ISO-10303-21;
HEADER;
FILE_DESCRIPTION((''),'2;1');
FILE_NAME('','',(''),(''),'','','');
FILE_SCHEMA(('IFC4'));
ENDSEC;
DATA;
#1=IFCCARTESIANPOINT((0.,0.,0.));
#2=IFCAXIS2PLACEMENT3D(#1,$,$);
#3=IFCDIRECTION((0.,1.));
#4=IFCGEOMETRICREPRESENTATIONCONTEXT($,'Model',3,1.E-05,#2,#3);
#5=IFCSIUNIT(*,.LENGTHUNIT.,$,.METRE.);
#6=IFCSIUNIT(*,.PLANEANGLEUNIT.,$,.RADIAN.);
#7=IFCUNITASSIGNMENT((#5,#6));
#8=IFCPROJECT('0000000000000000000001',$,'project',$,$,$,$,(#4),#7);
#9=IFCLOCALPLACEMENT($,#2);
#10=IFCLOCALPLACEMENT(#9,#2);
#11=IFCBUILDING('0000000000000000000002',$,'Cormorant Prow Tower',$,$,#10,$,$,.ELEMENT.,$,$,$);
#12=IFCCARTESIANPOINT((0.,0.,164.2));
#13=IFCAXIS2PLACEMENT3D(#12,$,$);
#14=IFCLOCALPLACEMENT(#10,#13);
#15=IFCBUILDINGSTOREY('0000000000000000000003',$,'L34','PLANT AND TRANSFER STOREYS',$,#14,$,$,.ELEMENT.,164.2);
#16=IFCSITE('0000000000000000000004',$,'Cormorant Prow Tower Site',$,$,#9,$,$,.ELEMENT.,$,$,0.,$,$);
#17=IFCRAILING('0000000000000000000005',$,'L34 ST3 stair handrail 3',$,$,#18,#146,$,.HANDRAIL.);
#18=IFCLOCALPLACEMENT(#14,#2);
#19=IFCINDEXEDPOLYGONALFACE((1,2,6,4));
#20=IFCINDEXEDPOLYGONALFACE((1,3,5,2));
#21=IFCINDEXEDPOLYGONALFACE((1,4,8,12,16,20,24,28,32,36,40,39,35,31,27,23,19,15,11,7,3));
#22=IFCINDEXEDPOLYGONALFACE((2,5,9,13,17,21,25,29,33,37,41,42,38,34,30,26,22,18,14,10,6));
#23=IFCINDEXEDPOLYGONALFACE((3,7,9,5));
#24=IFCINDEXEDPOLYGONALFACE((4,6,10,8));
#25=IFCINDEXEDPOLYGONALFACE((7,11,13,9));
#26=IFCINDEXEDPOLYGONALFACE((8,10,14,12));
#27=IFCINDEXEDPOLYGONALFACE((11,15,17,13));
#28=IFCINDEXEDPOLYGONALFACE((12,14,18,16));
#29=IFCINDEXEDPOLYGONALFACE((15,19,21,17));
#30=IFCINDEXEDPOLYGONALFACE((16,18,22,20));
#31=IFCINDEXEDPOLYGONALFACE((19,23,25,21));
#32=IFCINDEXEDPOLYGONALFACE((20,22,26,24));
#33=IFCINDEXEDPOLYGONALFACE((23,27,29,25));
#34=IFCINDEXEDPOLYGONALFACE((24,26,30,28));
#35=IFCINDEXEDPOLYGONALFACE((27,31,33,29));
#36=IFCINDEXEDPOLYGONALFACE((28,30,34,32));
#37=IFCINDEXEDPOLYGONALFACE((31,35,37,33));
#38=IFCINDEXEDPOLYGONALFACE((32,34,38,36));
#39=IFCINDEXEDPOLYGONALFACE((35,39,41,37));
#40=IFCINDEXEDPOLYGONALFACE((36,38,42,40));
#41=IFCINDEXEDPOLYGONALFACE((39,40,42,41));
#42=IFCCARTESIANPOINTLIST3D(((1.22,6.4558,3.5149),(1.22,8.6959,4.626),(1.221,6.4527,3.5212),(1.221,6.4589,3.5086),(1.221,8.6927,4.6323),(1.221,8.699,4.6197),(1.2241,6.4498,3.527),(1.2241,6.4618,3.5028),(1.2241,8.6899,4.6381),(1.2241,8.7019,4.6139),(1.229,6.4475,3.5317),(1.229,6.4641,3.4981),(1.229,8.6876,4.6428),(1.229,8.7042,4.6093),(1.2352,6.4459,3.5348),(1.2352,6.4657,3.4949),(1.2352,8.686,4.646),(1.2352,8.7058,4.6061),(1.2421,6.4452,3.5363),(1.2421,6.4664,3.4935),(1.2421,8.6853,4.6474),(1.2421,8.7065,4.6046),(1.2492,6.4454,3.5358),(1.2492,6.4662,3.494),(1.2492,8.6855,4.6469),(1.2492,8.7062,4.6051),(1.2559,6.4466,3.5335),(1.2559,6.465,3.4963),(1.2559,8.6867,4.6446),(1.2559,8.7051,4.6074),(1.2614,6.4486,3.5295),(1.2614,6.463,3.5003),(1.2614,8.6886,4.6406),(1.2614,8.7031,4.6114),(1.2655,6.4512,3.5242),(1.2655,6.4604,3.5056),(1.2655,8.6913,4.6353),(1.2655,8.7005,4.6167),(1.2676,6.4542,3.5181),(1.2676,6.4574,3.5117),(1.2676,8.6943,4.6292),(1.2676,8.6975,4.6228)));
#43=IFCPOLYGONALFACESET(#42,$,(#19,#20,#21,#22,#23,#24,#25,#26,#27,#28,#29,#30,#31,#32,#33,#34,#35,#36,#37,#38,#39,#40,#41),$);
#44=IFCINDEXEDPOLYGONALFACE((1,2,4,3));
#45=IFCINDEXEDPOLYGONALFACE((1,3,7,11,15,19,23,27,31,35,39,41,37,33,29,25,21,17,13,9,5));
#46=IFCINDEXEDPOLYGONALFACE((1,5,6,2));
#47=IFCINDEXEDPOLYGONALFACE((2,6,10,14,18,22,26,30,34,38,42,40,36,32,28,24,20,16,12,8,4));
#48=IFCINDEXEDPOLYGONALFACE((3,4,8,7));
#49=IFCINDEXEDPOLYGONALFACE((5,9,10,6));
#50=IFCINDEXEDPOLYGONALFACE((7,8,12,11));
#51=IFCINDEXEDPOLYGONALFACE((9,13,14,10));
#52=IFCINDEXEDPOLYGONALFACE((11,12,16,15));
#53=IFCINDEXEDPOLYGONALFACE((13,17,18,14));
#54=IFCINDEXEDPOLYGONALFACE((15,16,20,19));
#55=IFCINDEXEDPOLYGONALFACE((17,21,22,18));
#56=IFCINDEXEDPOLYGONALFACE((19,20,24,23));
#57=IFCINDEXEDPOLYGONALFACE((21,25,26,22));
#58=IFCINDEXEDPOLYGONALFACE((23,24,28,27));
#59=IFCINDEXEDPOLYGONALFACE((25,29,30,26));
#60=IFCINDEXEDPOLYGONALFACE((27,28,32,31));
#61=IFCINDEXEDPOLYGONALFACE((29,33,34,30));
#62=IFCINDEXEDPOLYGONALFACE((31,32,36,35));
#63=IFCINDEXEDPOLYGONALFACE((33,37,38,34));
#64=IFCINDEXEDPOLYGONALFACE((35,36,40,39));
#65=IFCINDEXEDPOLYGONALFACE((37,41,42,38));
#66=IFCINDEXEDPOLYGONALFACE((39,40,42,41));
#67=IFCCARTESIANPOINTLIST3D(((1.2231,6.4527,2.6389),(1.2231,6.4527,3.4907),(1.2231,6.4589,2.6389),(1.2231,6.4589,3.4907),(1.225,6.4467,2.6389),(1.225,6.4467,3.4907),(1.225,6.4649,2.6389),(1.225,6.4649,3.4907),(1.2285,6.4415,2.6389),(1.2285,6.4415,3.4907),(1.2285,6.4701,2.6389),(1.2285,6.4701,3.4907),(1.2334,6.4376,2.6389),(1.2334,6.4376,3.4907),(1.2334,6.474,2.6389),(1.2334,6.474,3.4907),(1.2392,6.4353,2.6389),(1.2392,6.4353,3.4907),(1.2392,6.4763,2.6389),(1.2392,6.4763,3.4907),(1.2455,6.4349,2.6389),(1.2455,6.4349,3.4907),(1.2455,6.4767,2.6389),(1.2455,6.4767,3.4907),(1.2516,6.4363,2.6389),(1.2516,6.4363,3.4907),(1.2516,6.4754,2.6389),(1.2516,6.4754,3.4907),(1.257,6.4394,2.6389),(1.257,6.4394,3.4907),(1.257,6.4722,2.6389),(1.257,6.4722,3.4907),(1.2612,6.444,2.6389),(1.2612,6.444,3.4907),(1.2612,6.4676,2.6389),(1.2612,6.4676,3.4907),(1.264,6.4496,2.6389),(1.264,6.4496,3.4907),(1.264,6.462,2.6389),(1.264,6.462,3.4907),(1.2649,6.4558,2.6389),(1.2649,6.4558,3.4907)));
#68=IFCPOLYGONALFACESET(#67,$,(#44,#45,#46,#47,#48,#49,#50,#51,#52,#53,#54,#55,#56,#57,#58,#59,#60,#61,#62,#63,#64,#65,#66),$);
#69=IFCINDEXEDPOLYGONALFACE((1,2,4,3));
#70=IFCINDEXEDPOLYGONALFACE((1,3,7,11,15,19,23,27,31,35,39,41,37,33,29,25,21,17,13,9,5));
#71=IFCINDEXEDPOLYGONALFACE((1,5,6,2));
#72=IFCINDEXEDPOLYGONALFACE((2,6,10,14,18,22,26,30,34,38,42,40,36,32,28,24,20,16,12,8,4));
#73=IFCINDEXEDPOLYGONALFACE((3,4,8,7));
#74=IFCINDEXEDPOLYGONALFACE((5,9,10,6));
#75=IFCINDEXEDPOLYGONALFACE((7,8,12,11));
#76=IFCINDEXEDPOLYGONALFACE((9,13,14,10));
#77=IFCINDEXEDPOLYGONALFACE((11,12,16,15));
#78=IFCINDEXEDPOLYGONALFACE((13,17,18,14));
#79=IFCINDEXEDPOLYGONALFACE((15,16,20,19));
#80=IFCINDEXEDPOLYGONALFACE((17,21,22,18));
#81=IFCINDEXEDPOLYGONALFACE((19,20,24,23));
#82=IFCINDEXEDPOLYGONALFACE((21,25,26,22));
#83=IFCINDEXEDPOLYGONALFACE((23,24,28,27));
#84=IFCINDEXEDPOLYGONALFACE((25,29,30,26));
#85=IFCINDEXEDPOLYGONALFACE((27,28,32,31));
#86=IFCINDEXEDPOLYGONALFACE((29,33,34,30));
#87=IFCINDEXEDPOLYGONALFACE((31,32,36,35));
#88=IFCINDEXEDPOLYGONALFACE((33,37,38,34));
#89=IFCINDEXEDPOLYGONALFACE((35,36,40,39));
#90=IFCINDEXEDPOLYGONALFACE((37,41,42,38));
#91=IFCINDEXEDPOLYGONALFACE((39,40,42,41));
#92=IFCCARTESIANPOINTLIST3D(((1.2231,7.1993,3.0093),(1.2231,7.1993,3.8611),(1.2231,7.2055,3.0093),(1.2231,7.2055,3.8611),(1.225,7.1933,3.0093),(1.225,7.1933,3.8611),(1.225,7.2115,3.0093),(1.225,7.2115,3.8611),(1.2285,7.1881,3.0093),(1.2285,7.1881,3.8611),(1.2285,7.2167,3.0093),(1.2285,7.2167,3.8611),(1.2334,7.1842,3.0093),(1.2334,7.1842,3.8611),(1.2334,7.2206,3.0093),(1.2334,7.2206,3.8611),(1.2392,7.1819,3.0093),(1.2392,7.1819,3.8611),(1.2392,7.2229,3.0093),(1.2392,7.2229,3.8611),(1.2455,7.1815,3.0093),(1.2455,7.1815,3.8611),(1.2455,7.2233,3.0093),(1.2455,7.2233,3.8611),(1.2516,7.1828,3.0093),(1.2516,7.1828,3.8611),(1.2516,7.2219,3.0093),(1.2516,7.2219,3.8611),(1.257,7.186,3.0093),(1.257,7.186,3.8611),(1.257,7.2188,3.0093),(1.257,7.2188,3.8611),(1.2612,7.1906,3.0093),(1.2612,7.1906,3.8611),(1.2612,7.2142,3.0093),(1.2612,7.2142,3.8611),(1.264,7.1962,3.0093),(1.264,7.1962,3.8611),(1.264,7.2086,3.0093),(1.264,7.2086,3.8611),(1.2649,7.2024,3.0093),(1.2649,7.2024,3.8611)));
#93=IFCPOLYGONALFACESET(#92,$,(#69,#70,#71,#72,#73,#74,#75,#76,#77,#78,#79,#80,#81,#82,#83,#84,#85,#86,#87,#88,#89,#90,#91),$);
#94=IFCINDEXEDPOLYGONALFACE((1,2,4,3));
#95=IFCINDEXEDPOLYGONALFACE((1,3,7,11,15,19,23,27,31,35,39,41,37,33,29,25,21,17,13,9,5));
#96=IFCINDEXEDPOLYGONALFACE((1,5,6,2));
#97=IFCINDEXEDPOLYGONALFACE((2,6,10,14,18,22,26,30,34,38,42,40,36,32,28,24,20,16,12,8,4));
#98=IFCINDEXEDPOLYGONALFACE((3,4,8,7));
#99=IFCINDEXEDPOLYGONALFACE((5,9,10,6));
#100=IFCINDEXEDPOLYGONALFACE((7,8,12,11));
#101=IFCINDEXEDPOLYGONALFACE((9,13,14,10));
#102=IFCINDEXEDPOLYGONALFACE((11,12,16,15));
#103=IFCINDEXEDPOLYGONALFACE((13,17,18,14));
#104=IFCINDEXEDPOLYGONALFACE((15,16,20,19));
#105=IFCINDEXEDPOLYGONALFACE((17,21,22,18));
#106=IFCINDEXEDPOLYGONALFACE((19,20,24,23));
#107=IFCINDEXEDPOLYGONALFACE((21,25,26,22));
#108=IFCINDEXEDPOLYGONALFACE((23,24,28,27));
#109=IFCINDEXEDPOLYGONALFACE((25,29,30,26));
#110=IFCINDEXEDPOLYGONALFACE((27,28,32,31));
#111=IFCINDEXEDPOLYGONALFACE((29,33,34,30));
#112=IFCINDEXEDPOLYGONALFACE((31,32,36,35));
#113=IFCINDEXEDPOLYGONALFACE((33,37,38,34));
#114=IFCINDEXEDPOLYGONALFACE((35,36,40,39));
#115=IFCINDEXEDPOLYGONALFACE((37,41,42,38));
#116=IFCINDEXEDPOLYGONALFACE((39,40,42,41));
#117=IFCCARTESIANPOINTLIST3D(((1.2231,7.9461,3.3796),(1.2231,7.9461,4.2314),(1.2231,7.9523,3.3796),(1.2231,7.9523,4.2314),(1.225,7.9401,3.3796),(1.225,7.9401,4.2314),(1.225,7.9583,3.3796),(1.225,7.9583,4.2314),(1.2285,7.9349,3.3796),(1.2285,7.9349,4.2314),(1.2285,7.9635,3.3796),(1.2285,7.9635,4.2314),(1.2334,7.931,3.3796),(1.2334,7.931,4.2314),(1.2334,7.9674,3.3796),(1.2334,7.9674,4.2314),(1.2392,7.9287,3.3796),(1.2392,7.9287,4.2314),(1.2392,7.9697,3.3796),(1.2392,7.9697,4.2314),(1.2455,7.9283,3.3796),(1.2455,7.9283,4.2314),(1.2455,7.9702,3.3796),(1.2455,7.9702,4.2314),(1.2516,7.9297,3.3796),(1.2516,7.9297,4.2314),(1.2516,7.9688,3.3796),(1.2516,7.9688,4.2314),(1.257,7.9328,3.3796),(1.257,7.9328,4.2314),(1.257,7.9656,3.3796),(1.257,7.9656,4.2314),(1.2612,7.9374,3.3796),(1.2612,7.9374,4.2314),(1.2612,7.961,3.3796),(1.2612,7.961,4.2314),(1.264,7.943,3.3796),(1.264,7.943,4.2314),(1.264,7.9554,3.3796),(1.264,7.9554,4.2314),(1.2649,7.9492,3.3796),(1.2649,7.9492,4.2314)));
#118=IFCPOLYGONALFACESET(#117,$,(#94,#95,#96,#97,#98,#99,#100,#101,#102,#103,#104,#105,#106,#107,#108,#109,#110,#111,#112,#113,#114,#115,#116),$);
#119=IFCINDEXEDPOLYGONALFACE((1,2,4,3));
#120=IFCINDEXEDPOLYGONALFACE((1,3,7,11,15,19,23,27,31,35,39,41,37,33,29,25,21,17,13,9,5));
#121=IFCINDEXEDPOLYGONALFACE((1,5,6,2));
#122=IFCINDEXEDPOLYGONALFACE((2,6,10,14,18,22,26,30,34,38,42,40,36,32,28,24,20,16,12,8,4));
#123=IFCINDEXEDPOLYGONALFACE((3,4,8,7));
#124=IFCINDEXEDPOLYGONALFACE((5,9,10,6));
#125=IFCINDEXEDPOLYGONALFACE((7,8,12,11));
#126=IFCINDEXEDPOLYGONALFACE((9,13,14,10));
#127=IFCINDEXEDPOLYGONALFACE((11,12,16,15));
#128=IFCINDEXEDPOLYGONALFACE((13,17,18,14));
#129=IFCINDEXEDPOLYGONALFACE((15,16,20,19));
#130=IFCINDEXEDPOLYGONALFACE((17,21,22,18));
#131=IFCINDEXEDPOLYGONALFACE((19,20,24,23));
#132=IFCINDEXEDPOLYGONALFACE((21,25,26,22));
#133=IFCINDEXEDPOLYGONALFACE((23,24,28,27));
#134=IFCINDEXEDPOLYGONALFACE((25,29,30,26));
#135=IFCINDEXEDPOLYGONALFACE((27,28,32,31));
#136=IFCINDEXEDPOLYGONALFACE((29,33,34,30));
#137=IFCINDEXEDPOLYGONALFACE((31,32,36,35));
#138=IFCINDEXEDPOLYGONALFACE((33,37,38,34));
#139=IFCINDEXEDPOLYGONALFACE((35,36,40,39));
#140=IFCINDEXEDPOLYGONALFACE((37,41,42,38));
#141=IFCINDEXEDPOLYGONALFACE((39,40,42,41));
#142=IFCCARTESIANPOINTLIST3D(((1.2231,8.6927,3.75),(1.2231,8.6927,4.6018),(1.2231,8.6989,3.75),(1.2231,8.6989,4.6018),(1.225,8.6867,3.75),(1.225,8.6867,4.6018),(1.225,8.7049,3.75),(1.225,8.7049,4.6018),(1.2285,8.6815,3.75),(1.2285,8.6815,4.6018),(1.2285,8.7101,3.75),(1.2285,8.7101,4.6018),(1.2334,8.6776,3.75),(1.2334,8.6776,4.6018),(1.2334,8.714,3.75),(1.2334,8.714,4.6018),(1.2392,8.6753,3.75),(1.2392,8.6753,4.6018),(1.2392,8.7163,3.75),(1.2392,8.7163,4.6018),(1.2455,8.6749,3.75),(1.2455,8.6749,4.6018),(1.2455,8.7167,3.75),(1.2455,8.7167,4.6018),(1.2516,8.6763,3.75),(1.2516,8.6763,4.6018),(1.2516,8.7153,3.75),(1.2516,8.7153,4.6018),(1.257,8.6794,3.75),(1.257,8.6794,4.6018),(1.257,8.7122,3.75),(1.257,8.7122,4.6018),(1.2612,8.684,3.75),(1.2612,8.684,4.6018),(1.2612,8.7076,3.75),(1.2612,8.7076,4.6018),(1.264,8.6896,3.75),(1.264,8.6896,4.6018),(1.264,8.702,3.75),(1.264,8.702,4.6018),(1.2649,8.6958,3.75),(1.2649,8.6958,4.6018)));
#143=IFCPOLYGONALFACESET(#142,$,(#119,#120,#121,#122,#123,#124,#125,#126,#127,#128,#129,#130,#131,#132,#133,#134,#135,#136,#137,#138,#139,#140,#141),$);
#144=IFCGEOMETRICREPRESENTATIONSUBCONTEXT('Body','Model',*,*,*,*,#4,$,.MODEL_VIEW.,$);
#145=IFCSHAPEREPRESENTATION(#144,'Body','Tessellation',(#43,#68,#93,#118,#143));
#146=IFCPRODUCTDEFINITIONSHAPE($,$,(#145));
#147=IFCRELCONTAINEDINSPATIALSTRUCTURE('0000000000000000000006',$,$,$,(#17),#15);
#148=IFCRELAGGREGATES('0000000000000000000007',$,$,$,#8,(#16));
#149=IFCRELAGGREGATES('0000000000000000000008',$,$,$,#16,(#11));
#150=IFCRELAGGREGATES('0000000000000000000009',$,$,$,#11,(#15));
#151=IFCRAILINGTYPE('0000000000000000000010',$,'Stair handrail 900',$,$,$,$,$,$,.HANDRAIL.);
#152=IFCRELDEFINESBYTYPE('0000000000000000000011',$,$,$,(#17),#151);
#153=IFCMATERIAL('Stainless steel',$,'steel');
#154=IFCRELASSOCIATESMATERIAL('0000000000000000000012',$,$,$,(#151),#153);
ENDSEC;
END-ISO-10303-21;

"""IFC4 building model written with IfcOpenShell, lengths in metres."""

from ifc_helpers import new_model, si_unit, direction, frame, origin, origin_2d, place, context, subcontext, project, spatial, circle, extrude, material, type_object, element, save


model = new_model("IFC4")

# Units and contexts
model_context = context("Model", 3, precision=1e-05, world=origin(), true_north=direction((0.0, 1.0)))
body_context = subcontext(model_context, "Body", "Model", "MODEL_VIEW")
ifc_project = project(units=[si_unit("LENGTHUNIT", "METRE"), si_unit("PLANEANGLEUNIT", "RADIAN")], contexts=[model_context])

# Site, building, storey
site_placement = place(None, origin())
site = spatial("IfcSite", under=ifc_project, at=site_placement, Name="Cormorant Prow Tower Site", CompositionType="ELEMENT", RefElevation=0.0)
building_placement = place(site_placement, origin())
building = spatial("IfcBuilding", under=site, at=building_placement, Name="Cormorant Prow Tower", CompositionType="ELEMENT")
storey_placement = place(building_placement, frame((0.0, 0.0, 164.2)))
storey = spatial("IfcBuildingStorey", under=building, at=storey_placement, Name="L34", Description="PLANT AND TRANSFER STOREYS", CompositionType="ELEMENT", Elevation=164.2)

# Railing
ifc_material_1 = material(Name="Stainless steel", Category="steel")
railing_type_1 = type_object("IfcRailingType", Name="Stair handrail 900", PredefinedType="HANDRAIL", material=ifc_material_1)
for number, where, name in (
    (1, (1.2439, 6.4558, 2.6389), "L34 ST3 stair handrail 3"),
):
    element("IfcRailing", number, at=place(storey_placement, frame(where)), inside=storey, type_object=railing_type_1, Name=name, PredefinedType="HANDRAIL", context=body_context, shape_type="SweptSolid", body=[
        extrude(circle(Radius=0.0239, at=origin_2d()), frame((0.0, 0.0, 0.876), z_axis=(0.0, 0.895848, 0.44436), x_axis=(-1.0, 0.0, 0.0)), (0.0, 0.0, 1.0), 2.5005),
        extrude(circle(Radius=0.021, at=origin_2d()), origin(), (0.0, 0.0, 1.0), 0.8518),
        extrude(circle(Radius=0.021, at=origin_2d()), frame((0.0, 0.7466, 0.3704)), (0.0, 0.0, 1.0), 0.8518),
        extrude(circle(Radius=0.021, at=origin_2d()), frame((0.0, 1.4934, 0.7407)), (0.0, 0.0, 1.0), 0.8518),
        extrude(circle(Radius=0.021, at=origin_2d()), frame((0.0, 2.24, 1.1111)), (0.0, 0.0, 1.0), 0.8518),
    ])

save(model, "model.ifc")
